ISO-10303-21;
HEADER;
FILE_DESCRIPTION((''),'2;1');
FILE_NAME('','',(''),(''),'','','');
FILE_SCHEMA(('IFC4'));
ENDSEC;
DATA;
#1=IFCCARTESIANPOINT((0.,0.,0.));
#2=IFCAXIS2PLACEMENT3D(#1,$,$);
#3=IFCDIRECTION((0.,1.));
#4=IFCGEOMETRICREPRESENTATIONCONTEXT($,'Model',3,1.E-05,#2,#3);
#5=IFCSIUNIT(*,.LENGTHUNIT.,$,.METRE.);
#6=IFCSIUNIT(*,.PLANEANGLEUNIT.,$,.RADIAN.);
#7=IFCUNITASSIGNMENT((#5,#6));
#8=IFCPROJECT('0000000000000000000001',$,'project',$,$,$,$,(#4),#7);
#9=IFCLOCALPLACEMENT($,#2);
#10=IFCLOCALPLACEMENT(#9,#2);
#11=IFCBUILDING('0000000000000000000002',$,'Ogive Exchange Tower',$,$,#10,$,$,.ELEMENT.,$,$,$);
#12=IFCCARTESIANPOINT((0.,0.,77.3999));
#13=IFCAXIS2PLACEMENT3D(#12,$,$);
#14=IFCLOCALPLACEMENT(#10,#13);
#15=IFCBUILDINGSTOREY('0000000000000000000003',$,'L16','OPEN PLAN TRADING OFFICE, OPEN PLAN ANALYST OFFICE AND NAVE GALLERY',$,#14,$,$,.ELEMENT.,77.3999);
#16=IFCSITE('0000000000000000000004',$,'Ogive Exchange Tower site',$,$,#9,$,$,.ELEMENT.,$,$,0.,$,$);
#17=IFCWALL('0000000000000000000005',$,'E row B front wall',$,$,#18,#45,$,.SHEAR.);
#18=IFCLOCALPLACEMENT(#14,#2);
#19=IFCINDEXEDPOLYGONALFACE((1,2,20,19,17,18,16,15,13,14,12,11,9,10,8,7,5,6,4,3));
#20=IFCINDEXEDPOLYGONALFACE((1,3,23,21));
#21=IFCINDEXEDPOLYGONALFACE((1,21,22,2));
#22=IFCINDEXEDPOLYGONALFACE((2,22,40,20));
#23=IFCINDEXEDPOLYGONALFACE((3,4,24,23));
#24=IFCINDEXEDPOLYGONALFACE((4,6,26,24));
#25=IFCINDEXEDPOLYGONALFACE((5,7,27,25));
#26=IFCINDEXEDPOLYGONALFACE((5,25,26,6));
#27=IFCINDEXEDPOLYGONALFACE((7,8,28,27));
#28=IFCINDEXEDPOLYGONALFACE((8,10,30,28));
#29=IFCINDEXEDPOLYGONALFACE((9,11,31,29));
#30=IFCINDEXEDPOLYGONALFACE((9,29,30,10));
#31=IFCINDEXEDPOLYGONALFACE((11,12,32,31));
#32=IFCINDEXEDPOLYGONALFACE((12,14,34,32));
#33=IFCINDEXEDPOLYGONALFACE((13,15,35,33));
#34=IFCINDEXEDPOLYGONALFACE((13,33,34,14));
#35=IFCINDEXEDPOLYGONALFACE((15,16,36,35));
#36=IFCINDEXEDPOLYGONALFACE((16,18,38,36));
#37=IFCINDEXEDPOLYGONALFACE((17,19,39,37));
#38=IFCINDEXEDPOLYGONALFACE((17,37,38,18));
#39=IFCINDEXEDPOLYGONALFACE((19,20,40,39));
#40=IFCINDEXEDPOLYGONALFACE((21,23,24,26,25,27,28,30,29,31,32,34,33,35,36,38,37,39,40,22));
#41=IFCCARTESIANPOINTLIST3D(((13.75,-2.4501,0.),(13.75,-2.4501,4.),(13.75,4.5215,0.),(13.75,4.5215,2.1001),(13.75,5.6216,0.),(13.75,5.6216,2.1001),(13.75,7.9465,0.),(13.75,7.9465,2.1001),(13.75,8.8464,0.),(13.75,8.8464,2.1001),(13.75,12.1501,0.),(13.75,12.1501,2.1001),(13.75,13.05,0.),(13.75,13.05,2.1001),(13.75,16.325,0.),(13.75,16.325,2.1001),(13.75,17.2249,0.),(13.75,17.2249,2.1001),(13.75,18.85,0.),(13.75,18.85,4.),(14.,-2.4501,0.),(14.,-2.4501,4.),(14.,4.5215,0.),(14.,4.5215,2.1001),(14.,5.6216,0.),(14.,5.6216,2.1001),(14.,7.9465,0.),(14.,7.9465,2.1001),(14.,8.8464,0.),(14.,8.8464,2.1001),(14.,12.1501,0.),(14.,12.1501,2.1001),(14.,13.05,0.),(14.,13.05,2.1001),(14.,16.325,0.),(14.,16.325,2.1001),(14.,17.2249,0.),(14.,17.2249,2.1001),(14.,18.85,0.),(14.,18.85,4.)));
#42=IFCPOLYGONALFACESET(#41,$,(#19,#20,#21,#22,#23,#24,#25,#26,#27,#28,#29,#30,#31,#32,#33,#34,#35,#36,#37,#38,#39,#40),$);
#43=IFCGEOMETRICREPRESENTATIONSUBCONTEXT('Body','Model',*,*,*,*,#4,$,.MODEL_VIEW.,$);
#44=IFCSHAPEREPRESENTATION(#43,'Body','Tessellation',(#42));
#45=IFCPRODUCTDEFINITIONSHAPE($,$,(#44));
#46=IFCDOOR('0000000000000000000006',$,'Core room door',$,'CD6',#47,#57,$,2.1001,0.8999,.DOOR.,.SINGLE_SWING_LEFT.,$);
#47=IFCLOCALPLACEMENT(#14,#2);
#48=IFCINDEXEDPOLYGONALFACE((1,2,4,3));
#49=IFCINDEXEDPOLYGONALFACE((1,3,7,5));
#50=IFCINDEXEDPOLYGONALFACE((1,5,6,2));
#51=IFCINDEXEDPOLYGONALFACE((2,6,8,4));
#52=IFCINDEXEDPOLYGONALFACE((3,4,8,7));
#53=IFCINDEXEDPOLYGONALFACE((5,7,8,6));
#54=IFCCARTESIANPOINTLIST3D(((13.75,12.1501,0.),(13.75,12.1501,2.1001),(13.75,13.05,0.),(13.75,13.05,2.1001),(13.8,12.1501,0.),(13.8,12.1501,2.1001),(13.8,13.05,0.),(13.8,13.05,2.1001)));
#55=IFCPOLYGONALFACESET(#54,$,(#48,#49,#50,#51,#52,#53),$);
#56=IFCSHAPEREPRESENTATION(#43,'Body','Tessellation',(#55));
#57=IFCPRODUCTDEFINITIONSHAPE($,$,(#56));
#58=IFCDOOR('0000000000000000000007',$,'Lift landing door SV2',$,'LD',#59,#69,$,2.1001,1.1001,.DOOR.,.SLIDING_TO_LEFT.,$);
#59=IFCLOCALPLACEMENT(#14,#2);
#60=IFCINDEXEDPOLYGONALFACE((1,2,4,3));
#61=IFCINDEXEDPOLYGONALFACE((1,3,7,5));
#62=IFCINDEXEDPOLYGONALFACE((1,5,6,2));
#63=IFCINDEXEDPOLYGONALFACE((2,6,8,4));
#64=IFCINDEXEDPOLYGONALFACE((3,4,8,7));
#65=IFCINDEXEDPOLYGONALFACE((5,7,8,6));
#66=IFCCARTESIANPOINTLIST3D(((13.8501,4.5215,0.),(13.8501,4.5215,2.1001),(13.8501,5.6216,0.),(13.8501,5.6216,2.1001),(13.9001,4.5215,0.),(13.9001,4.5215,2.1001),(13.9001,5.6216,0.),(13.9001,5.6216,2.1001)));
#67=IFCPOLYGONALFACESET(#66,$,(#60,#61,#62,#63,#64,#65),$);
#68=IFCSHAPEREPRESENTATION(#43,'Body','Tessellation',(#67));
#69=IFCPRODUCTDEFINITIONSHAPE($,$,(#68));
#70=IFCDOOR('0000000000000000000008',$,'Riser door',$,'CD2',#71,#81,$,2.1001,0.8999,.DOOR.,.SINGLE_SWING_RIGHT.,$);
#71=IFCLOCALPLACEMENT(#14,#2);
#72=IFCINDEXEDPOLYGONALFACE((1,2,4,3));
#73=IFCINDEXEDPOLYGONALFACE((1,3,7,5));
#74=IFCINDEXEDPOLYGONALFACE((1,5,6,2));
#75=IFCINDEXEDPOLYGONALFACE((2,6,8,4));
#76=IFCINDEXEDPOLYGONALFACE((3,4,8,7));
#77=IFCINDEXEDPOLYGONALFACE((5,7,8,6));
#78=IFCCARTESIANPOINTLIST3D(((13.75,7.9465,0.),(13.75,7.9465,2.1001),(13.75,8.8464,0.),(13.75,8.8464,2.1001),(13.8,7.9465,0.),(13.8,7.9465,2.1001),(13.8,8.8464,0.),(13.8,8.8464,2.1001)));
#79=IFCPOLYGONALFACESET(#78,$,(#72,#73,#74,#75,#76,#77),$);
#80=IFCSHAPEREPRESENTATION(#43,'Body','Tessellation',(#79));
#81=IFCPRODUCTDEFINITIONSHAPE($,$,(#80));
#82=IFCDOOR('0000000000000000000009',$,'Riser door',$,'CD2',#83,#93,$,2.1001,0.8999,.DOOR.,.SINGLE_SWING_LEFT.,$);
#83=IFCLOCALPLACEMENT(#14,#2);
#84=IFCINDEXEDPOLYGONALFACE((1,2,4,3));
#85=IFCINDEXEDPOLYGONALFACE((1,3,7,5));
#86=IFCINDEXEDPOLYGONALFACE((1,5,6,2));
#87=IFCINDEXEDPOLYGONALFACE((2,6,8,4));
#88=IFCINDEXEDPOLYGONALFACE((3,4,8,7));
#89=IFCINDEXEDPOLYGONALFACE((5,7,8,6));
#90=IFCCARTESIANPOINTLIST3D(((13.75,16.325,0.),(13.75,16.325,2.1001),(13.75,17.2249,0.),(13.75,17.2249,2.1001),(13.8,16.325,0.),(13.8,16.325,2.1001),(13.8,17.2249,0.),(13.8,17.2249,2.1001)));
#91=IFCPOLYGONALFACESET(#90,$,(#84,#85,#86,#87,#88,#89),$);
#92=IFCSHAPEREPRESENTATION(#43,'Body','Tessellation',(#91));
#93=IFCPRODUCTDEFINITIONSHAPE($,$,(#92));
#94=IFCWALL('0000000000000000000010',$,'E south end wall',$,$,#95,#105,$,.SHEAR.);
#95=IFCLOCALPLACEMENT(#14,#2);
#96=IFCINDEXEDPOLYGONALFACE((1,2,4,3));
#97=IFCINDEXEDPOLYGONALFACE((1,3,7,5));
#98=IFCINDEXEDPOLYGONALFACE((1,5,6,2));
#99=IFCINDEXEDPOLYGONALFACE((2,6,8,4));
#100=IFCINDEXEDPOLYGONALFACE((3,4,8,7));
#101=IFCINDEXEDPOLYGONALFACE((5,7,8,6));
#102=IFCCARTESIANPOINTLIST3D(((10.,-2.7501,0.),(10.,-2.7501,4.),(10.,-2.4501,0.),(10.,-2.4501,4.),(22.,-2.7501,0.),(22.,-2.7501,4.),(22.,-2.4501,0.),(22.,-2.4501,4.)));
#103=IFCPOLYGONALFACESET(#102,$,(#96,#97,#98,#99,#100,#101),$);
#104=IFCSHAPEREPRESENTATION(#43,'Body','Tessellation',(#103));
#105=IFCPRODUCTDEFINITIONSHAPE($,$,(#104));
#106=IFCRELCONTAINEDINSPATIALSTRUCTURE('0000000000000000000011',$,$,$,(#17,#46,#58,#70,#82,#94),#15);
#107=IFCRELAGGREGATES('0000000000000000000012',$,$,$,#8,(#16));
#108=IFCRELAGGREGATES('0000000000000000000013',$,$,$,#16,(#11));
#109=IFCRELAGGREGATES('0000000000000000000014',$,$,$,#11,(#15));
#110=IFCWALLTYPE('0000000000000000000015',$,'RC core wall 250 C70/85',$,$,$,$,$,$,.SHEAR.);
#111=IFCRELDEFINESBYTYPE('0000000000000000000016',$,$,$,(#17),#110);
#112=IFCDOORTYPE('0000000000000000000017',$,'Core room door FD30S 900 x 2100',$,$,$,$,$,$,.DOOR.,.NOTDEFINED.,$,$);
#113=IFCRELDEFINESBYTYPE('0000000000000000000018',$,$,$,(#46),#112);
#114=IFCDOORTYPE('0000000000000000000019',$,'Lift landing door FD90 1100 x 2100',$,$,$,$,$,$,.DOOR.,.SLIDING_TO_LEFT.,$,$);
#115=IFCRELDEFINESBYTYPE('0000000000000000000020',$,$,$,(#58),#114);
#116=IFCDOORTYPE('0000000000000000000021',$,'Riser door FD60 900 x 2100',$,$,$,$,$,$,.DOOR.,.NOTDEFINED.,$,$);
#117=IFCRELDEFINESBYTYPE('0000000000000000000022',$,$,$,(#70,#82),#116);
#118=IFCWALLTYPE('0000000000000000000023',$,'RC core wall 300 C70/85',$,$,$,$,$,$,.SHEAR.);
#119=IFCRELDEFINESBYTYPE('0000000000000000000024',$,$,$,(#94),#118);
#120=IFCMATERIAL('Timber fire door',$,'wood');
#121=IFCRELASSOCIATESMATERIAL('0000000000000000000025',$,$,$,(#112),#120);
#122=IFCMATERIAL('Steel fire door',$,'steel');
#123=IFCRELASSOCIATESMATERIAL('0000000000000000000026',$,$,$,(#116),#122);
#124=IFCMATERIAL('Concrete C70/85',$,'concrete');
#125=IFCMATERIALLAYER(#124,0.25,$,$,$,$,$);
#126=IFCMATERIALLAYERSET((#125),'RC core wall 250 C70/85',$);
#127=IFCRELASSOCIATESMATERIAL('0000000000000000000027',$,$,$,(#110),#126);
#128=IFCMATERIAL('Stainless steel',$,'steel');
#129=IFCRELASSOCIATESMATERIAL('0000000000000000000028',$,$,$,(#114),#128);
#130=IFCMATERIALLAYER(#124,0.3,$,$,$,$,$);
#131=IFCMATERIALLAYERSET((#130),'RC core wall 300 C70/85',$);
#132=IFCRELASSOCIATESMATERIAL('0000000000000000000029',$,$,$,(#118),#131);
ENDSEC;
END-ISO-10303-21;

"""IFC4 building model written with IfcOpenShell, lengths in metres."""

from ifc_helpers import new_model, si_unit, direction, frame, frame_2d, origin, place, context, subcontext, project, spatial, rectangle, extrude, material, layer, layer_set, type_object, element, fill, save


model = new_model("IFC4")

# Units and contexts
model_context = context("Model", 3, precision=1e-05, world=origin(), true_north=direction((0.0, 1.0)))
body_context = subcontext(model_context, "Body", "Model", "MODEL_VIEW")
ifc_project = project(units=[si_unit("LENGTHUNIT", "METRE"), si_unit("PLANEANGLEUNIT", "RADIAN")], contexts=[model_context])

# Site, building, storey
site_placement = place(None, origin())
site = spatial("IfcSite", under=ifc_project, at=site_placement, Name="Ogive Exchange Tower site", CompositionType="ELEMENT", RefElevation=0.0)
building_placement = place(site_placement, origin())
building = spatial("IfcBuilding", under=site, at=building_placement, Name="Ogive Exchange Tower", CompositionType="ELEMENT")
storey_placement = place(building_placement, frame((0.0, 0.0, 77.3999)))
storey = spatial("IfcBuildingStorey", under=building, at=storey_placement, Name="L16", Description="OPEN PLAN TRADING OFFICE, OPEN PLAN ANALYST OFFICE AND NAVE GALLERY", CompositionType="ELEMENT", Elevation=77.3999)

# Shared definitions
ifc_material_1 = material(Name="Concrete C70/85", Category="concrete")

# Shared definitions
ifc_material_2 = material(Name="Timber fire door", Category="wood")
door_type_1 = type_object("IfcDoorType", Name="Core room door FD30S 900 x 2100", OperationType="NOTDEFINED", PredefinedType="DOOR", material=ifc_material_2)
ifc_material_3 = material(Name="Steel fire door", Category="steel")
door_type_2 = type_object("IfcDoorType", Name="Riser door FD60 900 x 2100", OperationType="NOTDEFINED", PredefinedType="DOOR", material=ifc_material_3)

# Shared definitions
ifc_layer_1 = layer(ifc_material_1, 0.25)
ifc_layer_set_1 = layer_set([ifc_layer_1], Name="RC core wall 250 C70/85")
wall_type_1 = type_object("IfcWallType", Name="RC core wall 250 C70/85", PredefinedType="SHEAR", material=ifc_layer_set_1)

# Wall, openings, doors
wall_1_placement = place(storey_placement, frame((13.875, -2.45, 0.0), z_axis=(0.0, 0.0, 1.0), x_axis=(0.0, 1.0, 0.0)))
wall_1 = element("IfcWall", 1, at=wall_1_placement, inside=storey, type_object=wall_type_1, Name="E row B front wall", PredefinedType="SHEAR", context=body_context, shape_type="SweptSolid", body=[
    extrude(rectangle(XDim=21.3, YDim=0.25, at=frame_2d((10.6499, 0.0))), origin(), (0.0, 0.0, 1.0), 4.0),
])
opening_1_placement = place(wall_1_placement, frame((10.3965, 0.0, 0.0)))
opening_1 = element("IfcOpeningElement", 2, at=opening_1_placement, cuts=wall_1, PredefinedType="OPENING", context=body_context, shape_type="SweptSolid", body=[
    extrude(rectangle(XDim=0.8999, YDim=2.1001, at=frame_2d((0.45, 1.05))), frame((0.0, 0.135, 0.0), z_axis=(0.0, -1.0, 0.0), x_axis=(1.0, 0.0, 0.0)), (0.0, 0.0, 1.0), 0.27),
])
opening_2_placement = place(wall_1_placement, frame((14.6001, 0.0, 0.0)))
opening_2 = element("IfcOpeningElement", 3, at=opening_2_placement, cuts=wall_1, PredefinedType="OPENING", context=body_context, shape_type="SweptSolid", body=[
    extrude(rectangle(XDim=0.8999, YDim=2.1001, at=frame_2d((0.45, 1.05))), frame((0.0, 0.135, 0.0), z_axis=(0.0, -1.0, 0.0), x_axis=(1.0, 0.0, 0.0)), (0.0, 0.0, 1.0), 0.27),
])
opening_3_placement = place(wall_1_placement, frame((18.7749, 0.0, 0.0)))
opening_3 = element("IfcOpeningElement", 4, at=opening_3_placement, cuts=wall_1, PredefinedType="OPENING", context=body_context, shape_type="SweptSolid", body=[
    extrude(rectangle(XDim=0.8999, YDim=2.1001, at=frame_2d((0.45, 1.05))), frame((0.0, 0.135, 0.0), z_axis=(0.0, -1.0, 0.0), x_axis=(1.0, 0.0, 0.0)), (0.0, 0.0, 1.0), 0.27),
])
opening_4_placement = place(wall_1_placement, frame((6.9714, 0.0, 0.0)))
opening_4 = element("IfcOpeningElement", 5, at=opening_4_placement, cuts=wall_1, PredefinedType="OPENING", context=body_context, shape_type="SweptSolid", body=[
    extrude(rectangle(XDim=1.1001, YDim=2.1001, at=frame_2d((0.55, 1.05))), frame((0.0, 0.135, 0.0), z_axis=(0.0, -1.0, 0.0), x_axis=(1.0, 0.0, 0.0)), (0.0, 0.0, 1.0), 0.27),
])
door_1_placement = place(opening_2_placement, origin())
door_1 = element("IfcDoor", 6, at=door_1_placement, inside=storey, type_object=door_type_1, Name="Core room door", ObjectType="CD6", OperationType="SINGLE_SWING_LEFT", OverallHeight=2.1001, OverallWidth=0.8999, PredefinedType="DOOR", context=body_context, shape_type="SweptSolid", body=[
    extrude(rectangle(XDim=0.8999, YDim=2.1001, at=frame_2d((0.45, 1.05))), frame((0.0, 0.125, 0.0), z_axis=(0.0, -1.0, 0.0), x_axis=(1.0, 0.0, 0.0)), (0.0, 0.0, 1.0), 0.05),
])
fill(opening_2, door_1)
ifc_material_4 = material(Name="Stainless steel", Category="steel")
door_type_3 = type_object("IfcDoorType", Name="Lift landing door FD90 1100 x 2100", OperationType="SLIDING_TO_LEFT", PredefinedType="DOOR", material=ifc_material_4)
door_2_placement = place(opening_4_placement, origin())
door_2 = element("IfcDoor", 7, at=door_2_placement, inside=storey, type_object=door_type_3, Name="Lift landing door SV2", ObjectType="LD", OperationType="SLIDING_TO_LEFT", OverallHeight=2.1001, OverallWidth=1.1001, PredefinedType="DOOR", context=body_context, shape_type="SweptSolid", body=[
    extrude(rectangle(XDim=1.1001, YDim=2.1001, at=frame_2d((0.55, 1.05))), frame((0.0, 0.0249, 0.0), z_axis=(0.0, -1.0, 0.0), x_axis=(1.0, 0.0, 0.0)), (0.0, 0.0, 1.0), 0.05),
])
fill(opening_4, door_2)
door_3_placement = place(opening_1_placement, origin())
door_3 = element("IfcDoor", 8, at=door_3_placement, inside=storey, type_object=door_type_2, Name="Riser door", ObjectType="CD2", OperationType="SINGLE_SWING_RIGHT", OverallHeight=2.1001, OverallWidth=0.8999, PredefinedType="DOOR", context=body_context, shape_type="SweptSolid", body=[
    extrude(rectangle(XDim=0.8999, YDim=2.1001, at=frame_2d((0.45, 1.05))), frame((0.0, 0.125, 0.0), z_axis=(0.0, -1.0, 0.0), x_axis=(1.0, 0.0, 0.0)), (0.0, 0.0, 1.0), 0.05),
])
fill(opening_1, door_3)
door_4_placement = place(opening_3_placement, origin())
door_4 = element("IfcDoor", 9, at=door_4_placement, inside=storey, type_object=door_type_2, Name="Riser door", ObjectType="CD2", OperationType="SINGLE_SWING_LEFT", OverallHeight=2.1001, OverallWidth=0.8999, PredefinedType="DOOR", context=body_context, shape_type="SweptSolid", body=[
    extrude(rectangle(XDim=0.8999, YDim=2.1001, at=frame_2d((0.45, 1.05))), frame((0.0, 0.125, 0.0), z_axis=(0.0, -1.0, 0.0), x_axis=(1.0, 0.0, 0.0)), (0.0, 0.0, 1.0), 0.05),
])
fill(opening_3, door_4)

# Wall
ifc_layer_2 = layer(ifc_material_1, 0.3)
ifc_layer_set_2 = layer_set([ifc_layer_2], Name="RC core wall 300 C70/85")
wall_type_2 = type_object("IfcWallType", Name="RC core wall 300 C70/85", PredefinedType="SHEAR", material=ifc_layer_set_2)
wall_2_placement = place(storey_placement, frame((10.0, -2.6001, 0.0), z_axis=(0.0, 0.0, 1.0), x_axis=(1.0, 0.0, 0.0)))
element("IfcWall", 10, at=wall_2_placement, inside=storey, type_object=wall_type_2, Name="E south end wall", PredefinedType="SHEAR", context=body_context, shape_type="SweptSolid", body=[
    extrude(rectangle(XDim=12.0, YDim=0.3, at=frame_2d((6.0, 0.0))), origin(), (0.0, 0.0, 1.0), 4.0),
])

save(model, "model.ifc")
